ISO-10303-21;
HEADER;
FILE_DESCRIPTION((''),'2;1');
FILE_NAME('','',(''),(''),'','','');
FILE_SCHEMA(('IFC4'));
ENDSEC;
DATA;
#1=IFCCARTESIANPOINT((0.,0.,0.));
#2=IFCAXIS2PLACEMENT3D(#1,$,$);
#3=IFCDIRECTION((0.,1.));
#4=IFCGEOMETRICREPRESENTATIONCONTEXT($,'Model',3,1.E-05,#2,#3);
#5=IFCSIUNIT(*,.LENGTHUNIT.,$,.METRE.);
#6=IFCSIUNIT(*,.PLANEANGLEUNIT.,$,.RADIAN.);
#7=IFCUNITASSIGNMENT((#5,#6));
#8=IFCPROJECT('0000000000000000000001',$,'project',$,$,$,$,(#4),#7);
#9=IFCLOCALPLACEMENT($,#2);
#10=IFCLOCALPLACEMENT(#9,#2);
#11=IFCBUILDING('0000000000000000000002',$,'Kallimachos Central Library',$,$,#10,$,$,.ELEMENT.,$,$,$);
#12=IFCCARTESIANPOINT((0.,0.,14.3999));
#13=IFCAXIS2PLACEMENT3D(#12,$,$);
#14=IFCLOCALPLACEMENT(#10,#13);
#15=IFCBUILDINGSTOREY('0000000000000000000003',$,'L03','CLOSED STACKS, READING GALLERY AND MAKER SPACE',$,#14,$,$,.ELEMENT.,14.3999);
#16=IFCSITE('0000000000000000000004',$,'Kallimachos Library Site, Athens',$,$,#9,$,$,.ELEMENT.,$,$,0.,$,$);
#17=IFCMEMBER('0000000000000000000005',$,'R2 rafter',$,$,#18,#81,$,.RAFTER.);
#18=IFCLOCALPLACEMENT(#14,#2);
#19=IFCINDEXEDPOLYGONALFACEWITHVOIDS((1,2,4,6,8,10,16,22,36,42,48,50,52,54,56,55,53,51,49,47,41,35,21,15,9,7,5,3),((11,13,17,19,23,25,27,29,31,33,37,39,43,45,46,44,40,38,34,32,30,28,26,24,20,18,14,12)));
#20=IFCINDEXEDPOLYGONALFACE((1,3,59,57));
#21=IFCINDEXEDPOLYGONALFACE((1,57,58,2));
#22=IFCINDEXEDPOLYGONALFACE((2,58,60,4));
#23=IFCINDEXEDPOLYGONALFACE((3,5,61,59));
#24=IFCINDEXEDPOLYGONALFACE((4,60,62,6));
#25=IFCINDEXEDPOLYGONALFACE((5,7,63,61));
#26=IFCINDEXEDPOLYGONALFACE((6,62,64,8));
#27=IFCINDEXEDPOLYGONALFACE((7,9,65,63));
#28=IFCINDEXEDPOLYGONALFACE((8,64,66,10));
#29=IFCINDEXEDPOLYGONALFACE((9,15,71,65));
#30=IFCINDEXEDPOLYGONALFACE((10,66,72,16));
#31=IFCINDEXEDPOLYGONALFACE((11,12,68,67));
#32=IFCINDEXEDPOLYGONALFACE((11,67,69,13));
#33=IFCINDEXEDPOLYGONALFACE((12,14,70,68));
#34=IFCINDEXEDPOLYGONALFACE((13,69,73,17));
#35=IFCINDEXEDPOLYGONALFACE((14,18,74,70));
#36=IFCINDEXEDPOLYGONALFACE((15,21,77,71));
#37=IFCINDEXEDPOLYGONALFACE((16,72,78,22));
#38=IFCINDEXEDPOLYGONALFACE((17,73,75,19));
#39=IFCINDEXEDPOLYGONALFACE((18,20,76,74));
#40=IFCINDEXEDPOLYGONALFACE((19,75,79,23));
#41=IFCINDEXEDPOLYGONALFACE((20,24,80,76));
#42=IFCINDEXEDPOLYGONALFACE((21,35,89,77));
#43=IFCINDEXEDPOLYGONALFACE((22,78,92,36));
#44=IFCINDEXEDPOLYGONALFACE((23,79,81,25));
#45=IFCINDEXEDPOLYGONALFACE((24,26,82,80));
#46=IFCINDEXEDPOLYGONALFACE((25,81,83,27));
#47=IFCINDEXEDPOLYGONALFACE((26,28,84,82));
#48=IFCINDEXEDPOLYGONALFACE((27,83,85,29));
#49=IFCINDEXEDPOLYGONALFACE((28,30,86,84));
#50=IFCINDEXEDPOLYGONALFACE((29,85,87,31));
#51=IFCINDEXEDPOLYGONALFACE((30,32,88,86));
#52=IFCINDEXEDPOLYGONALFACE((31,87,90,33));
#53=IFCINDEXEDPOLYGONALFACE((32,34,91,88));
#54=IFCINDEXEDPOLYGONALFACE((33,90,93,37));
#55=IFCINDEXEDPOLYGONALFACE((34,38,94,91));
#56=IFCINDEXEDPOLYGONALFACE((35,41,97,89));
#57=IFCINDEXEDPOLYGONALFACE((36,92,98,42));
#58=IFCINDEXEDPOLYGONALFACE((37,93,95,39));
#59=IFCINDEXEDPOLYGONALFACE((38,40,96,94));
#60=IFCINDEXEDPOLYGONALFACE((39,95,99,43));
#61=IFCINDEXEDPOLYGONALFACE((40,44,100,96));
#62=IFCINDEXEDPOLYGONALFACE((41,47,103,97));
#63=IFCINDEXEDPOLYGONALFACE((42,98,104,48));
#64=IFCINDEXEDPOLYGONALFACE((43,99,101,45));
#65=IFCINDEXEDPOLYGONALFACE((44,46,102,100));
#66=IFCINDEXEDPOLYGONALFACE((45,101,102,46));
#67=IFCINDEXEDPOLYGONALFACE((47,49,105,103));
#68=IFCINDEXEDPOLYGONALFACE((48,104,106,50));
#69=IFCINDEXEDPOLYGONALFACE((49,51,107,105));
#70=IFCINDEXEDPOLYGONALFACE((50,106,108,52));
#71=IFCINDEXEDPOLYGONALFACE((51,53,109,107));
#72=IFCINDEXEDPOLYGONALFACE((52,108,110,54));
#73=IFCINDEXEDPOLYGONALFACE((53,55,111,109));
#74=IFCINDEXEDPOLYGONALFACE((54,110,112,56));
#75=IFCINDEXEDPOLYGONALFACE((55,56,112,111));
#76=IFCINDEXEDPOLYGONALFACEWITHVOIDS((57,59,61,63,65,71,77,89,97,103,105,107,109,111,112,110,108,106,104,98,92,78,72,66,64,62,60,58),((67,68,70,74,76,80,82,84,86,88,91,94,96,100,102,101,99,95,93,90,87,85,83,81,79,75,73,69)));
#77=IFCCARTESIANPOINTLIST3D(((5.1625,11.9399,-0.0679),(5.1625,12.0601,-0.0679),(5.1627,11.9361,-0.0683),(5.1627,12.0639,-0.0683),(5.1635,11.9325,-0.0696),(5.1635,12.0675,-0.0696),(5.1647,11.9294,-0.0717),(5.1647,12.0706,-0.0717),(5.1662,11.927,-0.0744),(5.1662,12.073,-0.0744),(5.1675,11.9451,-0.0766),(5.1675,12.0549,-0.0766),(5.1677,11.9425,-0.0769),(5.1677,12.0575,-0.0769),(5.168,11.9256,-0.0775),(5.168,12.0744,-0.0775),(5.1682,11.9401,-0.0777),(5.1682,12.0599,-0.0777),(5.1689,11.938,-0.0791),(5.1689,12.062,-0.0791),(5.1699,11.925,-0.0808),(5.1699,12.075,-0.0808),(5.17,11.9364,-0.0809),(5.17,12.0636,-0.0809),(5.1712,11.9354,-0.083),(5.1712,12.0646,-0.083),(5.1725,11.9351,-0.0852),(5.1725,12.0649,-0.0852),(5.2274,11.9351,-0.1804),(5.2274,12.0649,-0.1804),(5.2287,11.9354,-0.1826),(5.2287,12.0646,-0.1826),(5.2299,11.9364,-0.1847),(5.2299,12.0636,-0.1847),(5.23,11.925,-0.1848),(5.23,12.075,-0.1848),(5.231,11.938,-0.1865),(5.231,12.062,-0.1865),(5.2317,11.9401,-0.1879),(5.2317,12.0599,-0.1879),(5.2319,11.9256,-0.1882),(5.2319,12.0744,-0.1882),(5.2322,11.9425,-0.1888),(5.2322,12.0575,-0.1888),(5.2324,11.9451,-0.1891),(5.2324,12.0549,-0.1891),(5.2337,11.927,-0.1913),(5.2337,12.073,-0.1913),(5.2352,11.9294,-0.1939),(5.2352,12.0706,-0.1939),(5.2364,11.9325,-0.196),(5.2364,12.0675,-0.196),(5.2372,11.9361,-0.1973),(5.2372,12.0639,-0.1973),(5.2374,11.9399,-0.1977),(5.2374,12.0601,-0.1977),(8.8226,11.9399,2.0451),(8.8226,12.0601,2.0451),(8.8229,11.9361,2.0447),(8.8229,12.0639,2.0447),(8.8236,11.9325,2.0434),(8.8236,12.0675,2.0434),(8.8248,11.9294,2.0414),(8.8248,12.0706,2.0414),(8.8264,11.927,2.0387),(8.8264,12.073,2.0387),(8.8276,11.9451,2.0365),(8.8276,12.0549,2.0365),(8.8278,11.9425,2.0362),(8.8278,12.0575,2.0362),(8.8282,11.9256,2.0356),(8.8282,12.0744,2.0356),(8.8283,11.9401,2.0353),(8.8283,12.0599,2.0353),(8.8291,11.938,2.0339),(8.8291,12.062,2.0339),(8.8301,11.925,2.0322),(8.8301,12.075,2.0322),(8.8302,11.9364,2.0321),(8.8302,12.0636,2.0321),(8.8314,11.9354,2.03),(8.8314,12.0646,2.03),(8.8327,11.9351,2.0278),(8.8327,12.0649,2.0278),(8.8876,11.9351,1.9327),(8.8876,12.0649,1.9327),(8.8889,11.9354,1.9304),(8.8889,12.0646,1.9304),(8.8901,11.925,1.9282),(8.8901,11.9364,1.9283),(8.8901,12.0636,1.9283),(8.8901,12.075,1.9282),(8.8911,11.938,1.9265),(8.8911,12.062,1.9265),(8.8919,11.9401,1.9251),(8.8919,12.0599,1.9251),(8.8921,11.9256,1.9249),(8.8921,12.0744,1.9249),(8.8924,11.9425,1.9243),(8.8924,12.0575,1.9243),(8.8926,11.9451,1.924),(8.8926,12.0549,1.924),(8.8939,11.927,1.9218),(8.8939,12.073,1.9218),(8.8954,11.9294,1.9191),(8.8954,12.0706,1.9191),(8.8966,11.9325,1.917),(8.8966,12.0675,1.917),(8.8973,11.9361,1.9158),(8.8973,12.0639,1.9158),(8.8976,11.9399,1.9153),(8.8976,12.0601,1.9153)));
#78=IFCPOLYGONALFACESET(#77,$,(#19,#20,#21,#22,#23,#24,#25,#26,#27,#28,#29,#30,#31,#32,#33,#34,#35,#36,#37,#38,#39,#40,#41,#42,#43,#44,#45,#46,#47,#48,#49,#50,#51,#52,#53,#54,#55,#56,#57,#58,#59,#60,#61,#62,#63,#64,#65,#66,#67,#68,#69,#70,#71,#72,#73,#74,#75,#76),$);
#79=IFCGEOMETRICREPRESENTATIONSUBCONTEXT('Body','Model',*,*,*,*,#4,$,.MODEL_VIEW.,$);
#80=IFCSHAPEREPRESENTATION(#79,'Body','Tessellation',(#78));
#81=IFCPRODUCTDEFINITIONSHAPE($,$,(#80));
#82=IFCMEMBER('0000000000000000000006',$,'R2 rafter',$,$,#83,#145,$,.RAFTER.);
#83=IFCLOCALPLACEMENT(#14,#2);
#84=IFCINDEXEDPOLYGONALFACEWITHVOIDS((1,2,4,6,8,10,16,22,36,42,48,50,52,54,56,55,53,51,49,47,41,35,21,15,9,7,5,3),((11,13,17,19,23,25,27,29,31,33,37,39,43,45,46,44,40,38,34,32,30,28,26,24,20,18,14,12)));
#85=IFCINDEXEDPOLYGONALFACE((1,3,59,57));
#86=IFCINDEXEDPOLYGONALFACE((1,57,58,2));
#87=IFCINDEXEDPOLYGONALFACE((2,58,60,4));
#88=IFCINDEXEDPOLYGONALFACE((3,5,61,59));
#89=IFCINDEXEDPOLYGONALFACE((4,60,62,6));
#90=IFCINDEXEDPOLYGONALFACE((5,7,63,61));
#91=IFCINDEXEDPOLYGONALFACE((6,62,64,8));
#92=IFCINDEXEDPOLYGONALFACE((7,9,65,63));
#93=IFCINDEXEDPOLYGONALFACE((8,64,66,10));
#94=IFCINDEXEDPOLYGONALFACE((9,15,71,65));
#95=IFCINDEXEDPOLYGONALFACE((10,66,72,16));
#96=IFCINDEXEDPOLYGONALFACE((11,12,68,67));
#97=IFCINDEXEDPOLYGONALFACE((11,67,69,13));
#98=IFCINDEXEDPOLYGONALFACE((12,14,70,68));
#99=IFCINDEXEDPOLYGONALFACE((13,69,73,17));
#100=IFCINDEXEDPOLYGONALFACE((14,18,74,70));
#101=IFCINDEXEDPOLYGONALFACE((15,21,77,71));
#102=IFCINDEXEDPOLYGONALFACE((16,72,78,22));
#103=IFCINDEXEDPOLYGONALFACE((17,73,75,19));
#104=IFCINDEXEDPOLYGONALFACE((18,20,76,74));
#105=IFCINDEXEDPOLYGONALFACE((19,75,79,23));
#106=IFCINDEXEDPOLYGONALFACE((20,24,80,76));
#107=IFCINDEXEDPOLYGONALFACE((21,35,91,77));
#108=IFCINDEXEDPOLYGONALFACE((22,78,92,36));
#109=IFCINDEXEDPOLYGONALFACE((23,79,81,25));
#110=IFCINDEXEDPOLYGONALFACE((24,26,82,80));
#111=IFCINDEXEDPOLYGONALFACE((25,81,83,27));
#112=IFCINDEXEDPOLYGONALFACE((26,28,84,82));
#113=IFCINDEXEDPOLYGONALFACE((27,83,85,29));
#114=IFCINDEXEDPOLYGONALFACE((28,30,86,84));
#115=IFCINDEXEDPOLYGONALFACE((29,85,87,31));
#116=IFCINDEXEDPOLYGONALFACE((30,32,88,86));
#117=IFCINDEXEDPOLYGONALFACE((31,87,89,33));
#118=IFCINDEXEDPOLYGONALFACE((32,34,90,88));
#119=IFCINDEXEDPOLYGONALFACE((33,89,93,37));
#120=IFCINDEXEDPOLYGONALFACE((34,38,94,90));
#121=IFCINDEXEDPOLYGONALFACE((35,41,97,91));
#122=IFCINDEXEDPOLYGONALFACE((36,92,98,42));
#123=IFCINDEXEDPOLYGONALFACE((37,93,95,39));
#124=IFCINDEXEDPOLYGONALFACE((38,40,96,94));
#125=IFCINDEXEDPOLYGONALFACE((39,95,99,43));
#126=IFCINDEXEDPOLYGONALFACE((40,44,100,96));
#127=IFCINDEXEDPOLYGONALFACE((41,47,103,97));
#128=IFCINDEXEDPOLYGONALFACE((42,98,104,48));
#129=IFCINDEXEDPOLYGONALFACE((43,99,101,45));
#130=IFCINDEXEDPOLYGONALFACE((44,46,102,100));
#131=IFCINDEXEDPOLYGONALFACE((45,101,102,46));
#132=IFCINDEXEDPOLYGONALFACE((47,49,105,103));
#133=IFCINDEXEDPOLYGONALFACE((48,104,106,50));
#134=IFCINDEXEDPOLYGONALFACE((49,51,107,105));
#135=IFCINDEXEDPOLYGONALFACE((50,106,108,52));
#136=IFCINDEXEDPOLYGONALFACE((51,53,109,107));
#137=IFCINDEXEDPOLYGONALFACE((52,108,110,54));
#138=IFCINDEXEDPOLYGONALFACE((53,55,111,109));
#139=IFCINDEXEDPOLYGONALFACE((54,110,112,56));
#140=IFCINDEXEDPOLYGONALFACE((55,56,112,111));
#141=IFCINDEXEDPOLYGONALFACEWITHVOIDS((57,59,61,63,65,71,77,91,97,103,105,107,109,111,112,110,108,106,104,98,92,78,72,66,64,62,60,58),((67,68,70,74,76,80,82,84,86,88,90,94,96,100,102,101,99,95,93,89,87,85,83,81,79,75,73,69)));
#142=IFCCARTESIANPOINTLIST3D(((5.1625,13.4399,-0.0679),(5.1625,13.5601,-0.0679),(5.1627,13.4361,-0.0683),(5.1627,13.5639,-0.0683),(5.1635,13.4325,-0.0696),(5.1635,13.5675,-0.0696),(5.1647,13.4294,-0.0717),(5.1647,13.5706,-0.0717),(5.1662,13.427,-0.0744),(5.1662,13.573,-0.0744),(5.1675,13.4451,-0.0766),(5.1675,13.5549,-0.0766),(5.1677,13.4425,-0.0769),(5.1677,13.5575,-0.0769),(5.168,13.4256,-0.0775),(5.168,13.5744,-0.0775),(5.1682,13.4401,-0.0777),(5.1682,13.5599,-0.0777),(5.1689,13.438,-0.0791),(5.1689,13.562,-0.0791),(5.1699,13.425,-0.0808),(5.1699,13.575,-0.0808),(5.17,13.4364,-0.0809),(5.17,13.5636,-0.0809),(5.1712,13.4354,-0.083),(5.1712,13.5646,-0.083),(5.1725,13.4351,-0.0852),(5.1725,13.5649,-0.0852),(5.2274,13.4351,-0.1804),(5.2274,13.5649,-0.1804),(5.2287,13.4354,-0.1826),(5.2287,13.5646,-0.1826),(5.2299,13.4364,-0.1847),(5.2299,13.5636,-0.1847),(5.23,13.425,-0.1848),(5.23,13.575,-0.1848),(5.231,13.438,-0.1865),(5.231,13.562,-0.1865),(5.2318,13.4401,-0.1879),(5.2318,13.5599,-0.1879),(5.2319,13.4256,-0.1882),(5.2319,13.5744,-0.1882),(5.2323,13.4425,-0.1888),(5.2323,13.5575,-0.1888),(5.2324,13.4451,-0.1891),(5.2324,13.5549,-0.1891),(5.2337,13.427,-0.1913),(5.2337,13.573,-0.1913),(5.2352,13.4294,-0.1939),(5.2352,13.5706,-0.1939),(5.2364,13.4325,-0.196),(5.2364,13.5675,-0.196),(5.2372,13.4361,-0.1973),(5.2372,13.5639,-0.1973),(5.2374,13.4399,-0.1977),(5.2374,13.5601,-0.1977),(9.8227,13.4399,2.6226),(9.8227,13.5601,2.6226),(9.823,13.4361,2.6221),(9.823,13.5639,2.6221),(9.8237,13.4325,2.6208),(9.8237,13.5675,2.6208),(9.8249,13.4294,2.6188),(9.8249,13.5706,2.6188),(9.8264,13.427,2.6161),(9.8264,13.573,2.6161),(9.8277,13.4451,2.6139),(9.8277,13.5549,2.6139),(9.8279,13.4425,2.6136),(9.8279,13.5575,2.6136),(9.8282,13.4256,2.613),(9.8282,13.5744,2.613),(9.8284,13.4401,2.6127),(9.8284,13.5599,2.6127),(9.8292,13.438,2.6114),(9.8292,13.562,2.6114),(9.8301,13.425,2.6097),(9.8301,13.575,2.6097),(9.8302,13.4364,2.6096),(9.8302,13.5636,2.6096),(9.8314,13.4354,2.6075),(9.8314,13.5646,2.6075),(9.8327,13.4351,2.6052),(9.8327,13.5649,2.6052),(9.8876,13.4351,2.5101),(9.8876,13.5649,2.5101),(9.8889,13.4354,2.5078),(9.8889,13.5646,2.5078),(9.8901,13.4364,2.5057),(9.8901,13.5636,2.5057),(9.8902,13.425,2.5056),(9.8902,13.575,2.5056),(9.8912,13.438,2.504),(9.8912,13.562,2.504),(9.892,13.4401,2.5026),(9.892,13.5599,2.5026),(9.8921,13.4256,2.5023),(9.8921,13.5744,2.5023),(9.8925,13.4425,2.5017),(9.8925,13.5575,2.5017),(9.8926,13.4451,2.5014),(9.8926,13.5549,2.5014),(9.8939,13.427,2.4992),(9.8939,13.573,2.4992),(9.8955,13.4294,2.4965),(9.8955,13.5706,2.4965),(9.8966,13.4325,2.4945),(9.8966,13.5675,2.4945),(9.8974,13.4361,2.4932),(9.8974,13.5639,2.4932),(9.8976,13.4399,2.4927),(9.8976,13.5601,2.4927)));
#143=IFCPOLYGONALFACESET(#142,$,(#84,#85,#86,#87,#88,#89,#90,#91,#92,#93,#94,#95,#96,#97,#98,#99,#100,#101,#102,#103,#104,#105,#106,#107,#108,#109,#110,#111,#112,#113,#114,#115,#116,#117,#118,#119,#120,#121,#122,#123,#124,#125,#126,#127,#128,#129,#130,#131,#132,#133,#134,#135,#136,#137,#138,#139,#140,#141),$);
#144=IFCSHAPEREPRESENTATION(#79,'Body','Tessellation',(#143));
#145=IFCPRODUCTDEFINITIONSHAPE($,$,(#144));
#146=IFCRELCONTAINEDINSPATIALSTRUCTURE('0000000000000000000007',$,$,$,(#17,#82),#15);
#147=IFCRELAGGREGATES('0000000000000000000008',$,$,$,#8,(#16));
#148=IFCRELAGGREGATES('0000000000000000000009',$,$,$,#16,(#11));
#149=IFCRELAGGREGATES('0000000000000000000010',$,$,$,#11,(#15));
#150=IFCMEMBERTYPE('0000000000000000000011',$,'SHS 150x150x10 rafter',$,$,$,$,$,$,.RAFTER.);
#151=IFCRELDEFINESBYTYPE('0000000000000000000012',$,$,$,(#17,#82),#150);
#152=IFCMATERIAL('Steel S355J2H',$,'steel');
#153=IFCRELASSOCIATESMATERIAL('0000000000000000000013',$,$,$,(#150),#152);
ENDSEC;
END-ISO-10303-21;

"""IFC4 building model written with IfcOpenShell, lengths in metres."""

from ifc_helpers import new_model, si_unit, direction, frame, origin, origin_2d, place, context, subcontext, project, spatial, hollow_rectangle, extrude, material, material_profile, profile_set, type_object, element, save


model = new_model("IFC4")

# Units and contexts
model_context = context("Model", 3, precision=1e-05, world=origin(), true_north=direction((0.0, 1.0)))
body_context = subcontext(model_context, "Body", "Model", "MODEL_VIEW")
ifc_project = project(units=[si_unit("LENGTHUNIT", "METRE"), si_unit("PLANEANGLEUNIT", "RADIAN")], contexts=[model_context])

# Site, building, storey
site_placement = place(None, origin())
site = spatial("IfcSite", under=ifc_project, at=site_placement, Name="Kallimachos Library Site, Athens", CompositionType="ELEMENT", RefElevation=0.0)
building_placement = place(site_placement, origin())
building = spatial("IfcBuilding", under=site, at=building_placement, Name="Kallimachos Central Library", CompositionType="ELEMENT")
storey_placement = place(building_placement, frame((0.0, 0.0, 14.3999)))
storey = spatial("IfcBuildingStorey", under=building, at=storey_placement, Name="L03", Description="CLOSED STACKS, READING GALLERY AND MAKER SPACE", CompositionType="ELEMENT", Elevation=14.3999)

# Members
ifc_material_1 = material(Name="Steel S355J2H", Category="steel")
ifc_material_profile_1 = material_profile(ifc_material_1, hollow_rectangle(XDim=0.1499, YDim=0.1499, WallThickness=0.01, InnerFilletRadius=0.01, OuterFilletRadius=0.0149, at=origin_2d()), Name="SHS 150x150x10")
ifc_profile_set_1 = profile_set([ifc_material_profile_1], Name="Steel S355J2H")
member_type_1 = type_object("IfcMemberType", Name="SHS 150x150x10 rafter", PredefinedType="RAFTER", material=ifc_profile_set_1)
member_1_placement = place(storey_placement, frame((5.2, 12.0, -0.1328), z_axis=(0.866041, 0.0, 0.499972), x_axis=(0.0, 1.0, 0.0)))
element("IfcMember", 1, at=member_1_placement, inside=storey, type_object=member_type_1, Name="R2 rafter", PredefinedType="RAFTER", context=body_context, shape_type="SweptSolid", body=[
    extrude(hollow_rectangle(XDim=0.1499, YDim=0.1499, WallThickness=0.01, InnerFilletRadius=0.01, OuterFilletRadius=0.0149, at=origin_2d()), origin(), (0.0, 0.0, 1.0), 4.2263),
])
for number, where, z_axis, x_axis, name in (
    (2, (5.2, 13.5, -0.1328), (0.866034, 0.0, 0.499984), (0.0, 1.0, 0.0), "R2 rafter"),
):
    element("IfcMember", number, at=place(storey_placement, frame(where, z_axis=z_axis, x_axis=x_axis)), inside=storey, type_object=member_type_1, Name=name, PredefinedType="RAFTER", context=body_context, shape_type="SweptSolid", body=[
        extrude(hollow_rectangle(XDim=0.1499, YDim=0.1499, WallThickness=0.01, InnerFilletRadius=0.01, OuterFilletRadius=0.0149, at=origin_2d()), origin(), (0.0, 0.0, 1.0), 5.3811),
    ])

save(model, "model.ifc")
